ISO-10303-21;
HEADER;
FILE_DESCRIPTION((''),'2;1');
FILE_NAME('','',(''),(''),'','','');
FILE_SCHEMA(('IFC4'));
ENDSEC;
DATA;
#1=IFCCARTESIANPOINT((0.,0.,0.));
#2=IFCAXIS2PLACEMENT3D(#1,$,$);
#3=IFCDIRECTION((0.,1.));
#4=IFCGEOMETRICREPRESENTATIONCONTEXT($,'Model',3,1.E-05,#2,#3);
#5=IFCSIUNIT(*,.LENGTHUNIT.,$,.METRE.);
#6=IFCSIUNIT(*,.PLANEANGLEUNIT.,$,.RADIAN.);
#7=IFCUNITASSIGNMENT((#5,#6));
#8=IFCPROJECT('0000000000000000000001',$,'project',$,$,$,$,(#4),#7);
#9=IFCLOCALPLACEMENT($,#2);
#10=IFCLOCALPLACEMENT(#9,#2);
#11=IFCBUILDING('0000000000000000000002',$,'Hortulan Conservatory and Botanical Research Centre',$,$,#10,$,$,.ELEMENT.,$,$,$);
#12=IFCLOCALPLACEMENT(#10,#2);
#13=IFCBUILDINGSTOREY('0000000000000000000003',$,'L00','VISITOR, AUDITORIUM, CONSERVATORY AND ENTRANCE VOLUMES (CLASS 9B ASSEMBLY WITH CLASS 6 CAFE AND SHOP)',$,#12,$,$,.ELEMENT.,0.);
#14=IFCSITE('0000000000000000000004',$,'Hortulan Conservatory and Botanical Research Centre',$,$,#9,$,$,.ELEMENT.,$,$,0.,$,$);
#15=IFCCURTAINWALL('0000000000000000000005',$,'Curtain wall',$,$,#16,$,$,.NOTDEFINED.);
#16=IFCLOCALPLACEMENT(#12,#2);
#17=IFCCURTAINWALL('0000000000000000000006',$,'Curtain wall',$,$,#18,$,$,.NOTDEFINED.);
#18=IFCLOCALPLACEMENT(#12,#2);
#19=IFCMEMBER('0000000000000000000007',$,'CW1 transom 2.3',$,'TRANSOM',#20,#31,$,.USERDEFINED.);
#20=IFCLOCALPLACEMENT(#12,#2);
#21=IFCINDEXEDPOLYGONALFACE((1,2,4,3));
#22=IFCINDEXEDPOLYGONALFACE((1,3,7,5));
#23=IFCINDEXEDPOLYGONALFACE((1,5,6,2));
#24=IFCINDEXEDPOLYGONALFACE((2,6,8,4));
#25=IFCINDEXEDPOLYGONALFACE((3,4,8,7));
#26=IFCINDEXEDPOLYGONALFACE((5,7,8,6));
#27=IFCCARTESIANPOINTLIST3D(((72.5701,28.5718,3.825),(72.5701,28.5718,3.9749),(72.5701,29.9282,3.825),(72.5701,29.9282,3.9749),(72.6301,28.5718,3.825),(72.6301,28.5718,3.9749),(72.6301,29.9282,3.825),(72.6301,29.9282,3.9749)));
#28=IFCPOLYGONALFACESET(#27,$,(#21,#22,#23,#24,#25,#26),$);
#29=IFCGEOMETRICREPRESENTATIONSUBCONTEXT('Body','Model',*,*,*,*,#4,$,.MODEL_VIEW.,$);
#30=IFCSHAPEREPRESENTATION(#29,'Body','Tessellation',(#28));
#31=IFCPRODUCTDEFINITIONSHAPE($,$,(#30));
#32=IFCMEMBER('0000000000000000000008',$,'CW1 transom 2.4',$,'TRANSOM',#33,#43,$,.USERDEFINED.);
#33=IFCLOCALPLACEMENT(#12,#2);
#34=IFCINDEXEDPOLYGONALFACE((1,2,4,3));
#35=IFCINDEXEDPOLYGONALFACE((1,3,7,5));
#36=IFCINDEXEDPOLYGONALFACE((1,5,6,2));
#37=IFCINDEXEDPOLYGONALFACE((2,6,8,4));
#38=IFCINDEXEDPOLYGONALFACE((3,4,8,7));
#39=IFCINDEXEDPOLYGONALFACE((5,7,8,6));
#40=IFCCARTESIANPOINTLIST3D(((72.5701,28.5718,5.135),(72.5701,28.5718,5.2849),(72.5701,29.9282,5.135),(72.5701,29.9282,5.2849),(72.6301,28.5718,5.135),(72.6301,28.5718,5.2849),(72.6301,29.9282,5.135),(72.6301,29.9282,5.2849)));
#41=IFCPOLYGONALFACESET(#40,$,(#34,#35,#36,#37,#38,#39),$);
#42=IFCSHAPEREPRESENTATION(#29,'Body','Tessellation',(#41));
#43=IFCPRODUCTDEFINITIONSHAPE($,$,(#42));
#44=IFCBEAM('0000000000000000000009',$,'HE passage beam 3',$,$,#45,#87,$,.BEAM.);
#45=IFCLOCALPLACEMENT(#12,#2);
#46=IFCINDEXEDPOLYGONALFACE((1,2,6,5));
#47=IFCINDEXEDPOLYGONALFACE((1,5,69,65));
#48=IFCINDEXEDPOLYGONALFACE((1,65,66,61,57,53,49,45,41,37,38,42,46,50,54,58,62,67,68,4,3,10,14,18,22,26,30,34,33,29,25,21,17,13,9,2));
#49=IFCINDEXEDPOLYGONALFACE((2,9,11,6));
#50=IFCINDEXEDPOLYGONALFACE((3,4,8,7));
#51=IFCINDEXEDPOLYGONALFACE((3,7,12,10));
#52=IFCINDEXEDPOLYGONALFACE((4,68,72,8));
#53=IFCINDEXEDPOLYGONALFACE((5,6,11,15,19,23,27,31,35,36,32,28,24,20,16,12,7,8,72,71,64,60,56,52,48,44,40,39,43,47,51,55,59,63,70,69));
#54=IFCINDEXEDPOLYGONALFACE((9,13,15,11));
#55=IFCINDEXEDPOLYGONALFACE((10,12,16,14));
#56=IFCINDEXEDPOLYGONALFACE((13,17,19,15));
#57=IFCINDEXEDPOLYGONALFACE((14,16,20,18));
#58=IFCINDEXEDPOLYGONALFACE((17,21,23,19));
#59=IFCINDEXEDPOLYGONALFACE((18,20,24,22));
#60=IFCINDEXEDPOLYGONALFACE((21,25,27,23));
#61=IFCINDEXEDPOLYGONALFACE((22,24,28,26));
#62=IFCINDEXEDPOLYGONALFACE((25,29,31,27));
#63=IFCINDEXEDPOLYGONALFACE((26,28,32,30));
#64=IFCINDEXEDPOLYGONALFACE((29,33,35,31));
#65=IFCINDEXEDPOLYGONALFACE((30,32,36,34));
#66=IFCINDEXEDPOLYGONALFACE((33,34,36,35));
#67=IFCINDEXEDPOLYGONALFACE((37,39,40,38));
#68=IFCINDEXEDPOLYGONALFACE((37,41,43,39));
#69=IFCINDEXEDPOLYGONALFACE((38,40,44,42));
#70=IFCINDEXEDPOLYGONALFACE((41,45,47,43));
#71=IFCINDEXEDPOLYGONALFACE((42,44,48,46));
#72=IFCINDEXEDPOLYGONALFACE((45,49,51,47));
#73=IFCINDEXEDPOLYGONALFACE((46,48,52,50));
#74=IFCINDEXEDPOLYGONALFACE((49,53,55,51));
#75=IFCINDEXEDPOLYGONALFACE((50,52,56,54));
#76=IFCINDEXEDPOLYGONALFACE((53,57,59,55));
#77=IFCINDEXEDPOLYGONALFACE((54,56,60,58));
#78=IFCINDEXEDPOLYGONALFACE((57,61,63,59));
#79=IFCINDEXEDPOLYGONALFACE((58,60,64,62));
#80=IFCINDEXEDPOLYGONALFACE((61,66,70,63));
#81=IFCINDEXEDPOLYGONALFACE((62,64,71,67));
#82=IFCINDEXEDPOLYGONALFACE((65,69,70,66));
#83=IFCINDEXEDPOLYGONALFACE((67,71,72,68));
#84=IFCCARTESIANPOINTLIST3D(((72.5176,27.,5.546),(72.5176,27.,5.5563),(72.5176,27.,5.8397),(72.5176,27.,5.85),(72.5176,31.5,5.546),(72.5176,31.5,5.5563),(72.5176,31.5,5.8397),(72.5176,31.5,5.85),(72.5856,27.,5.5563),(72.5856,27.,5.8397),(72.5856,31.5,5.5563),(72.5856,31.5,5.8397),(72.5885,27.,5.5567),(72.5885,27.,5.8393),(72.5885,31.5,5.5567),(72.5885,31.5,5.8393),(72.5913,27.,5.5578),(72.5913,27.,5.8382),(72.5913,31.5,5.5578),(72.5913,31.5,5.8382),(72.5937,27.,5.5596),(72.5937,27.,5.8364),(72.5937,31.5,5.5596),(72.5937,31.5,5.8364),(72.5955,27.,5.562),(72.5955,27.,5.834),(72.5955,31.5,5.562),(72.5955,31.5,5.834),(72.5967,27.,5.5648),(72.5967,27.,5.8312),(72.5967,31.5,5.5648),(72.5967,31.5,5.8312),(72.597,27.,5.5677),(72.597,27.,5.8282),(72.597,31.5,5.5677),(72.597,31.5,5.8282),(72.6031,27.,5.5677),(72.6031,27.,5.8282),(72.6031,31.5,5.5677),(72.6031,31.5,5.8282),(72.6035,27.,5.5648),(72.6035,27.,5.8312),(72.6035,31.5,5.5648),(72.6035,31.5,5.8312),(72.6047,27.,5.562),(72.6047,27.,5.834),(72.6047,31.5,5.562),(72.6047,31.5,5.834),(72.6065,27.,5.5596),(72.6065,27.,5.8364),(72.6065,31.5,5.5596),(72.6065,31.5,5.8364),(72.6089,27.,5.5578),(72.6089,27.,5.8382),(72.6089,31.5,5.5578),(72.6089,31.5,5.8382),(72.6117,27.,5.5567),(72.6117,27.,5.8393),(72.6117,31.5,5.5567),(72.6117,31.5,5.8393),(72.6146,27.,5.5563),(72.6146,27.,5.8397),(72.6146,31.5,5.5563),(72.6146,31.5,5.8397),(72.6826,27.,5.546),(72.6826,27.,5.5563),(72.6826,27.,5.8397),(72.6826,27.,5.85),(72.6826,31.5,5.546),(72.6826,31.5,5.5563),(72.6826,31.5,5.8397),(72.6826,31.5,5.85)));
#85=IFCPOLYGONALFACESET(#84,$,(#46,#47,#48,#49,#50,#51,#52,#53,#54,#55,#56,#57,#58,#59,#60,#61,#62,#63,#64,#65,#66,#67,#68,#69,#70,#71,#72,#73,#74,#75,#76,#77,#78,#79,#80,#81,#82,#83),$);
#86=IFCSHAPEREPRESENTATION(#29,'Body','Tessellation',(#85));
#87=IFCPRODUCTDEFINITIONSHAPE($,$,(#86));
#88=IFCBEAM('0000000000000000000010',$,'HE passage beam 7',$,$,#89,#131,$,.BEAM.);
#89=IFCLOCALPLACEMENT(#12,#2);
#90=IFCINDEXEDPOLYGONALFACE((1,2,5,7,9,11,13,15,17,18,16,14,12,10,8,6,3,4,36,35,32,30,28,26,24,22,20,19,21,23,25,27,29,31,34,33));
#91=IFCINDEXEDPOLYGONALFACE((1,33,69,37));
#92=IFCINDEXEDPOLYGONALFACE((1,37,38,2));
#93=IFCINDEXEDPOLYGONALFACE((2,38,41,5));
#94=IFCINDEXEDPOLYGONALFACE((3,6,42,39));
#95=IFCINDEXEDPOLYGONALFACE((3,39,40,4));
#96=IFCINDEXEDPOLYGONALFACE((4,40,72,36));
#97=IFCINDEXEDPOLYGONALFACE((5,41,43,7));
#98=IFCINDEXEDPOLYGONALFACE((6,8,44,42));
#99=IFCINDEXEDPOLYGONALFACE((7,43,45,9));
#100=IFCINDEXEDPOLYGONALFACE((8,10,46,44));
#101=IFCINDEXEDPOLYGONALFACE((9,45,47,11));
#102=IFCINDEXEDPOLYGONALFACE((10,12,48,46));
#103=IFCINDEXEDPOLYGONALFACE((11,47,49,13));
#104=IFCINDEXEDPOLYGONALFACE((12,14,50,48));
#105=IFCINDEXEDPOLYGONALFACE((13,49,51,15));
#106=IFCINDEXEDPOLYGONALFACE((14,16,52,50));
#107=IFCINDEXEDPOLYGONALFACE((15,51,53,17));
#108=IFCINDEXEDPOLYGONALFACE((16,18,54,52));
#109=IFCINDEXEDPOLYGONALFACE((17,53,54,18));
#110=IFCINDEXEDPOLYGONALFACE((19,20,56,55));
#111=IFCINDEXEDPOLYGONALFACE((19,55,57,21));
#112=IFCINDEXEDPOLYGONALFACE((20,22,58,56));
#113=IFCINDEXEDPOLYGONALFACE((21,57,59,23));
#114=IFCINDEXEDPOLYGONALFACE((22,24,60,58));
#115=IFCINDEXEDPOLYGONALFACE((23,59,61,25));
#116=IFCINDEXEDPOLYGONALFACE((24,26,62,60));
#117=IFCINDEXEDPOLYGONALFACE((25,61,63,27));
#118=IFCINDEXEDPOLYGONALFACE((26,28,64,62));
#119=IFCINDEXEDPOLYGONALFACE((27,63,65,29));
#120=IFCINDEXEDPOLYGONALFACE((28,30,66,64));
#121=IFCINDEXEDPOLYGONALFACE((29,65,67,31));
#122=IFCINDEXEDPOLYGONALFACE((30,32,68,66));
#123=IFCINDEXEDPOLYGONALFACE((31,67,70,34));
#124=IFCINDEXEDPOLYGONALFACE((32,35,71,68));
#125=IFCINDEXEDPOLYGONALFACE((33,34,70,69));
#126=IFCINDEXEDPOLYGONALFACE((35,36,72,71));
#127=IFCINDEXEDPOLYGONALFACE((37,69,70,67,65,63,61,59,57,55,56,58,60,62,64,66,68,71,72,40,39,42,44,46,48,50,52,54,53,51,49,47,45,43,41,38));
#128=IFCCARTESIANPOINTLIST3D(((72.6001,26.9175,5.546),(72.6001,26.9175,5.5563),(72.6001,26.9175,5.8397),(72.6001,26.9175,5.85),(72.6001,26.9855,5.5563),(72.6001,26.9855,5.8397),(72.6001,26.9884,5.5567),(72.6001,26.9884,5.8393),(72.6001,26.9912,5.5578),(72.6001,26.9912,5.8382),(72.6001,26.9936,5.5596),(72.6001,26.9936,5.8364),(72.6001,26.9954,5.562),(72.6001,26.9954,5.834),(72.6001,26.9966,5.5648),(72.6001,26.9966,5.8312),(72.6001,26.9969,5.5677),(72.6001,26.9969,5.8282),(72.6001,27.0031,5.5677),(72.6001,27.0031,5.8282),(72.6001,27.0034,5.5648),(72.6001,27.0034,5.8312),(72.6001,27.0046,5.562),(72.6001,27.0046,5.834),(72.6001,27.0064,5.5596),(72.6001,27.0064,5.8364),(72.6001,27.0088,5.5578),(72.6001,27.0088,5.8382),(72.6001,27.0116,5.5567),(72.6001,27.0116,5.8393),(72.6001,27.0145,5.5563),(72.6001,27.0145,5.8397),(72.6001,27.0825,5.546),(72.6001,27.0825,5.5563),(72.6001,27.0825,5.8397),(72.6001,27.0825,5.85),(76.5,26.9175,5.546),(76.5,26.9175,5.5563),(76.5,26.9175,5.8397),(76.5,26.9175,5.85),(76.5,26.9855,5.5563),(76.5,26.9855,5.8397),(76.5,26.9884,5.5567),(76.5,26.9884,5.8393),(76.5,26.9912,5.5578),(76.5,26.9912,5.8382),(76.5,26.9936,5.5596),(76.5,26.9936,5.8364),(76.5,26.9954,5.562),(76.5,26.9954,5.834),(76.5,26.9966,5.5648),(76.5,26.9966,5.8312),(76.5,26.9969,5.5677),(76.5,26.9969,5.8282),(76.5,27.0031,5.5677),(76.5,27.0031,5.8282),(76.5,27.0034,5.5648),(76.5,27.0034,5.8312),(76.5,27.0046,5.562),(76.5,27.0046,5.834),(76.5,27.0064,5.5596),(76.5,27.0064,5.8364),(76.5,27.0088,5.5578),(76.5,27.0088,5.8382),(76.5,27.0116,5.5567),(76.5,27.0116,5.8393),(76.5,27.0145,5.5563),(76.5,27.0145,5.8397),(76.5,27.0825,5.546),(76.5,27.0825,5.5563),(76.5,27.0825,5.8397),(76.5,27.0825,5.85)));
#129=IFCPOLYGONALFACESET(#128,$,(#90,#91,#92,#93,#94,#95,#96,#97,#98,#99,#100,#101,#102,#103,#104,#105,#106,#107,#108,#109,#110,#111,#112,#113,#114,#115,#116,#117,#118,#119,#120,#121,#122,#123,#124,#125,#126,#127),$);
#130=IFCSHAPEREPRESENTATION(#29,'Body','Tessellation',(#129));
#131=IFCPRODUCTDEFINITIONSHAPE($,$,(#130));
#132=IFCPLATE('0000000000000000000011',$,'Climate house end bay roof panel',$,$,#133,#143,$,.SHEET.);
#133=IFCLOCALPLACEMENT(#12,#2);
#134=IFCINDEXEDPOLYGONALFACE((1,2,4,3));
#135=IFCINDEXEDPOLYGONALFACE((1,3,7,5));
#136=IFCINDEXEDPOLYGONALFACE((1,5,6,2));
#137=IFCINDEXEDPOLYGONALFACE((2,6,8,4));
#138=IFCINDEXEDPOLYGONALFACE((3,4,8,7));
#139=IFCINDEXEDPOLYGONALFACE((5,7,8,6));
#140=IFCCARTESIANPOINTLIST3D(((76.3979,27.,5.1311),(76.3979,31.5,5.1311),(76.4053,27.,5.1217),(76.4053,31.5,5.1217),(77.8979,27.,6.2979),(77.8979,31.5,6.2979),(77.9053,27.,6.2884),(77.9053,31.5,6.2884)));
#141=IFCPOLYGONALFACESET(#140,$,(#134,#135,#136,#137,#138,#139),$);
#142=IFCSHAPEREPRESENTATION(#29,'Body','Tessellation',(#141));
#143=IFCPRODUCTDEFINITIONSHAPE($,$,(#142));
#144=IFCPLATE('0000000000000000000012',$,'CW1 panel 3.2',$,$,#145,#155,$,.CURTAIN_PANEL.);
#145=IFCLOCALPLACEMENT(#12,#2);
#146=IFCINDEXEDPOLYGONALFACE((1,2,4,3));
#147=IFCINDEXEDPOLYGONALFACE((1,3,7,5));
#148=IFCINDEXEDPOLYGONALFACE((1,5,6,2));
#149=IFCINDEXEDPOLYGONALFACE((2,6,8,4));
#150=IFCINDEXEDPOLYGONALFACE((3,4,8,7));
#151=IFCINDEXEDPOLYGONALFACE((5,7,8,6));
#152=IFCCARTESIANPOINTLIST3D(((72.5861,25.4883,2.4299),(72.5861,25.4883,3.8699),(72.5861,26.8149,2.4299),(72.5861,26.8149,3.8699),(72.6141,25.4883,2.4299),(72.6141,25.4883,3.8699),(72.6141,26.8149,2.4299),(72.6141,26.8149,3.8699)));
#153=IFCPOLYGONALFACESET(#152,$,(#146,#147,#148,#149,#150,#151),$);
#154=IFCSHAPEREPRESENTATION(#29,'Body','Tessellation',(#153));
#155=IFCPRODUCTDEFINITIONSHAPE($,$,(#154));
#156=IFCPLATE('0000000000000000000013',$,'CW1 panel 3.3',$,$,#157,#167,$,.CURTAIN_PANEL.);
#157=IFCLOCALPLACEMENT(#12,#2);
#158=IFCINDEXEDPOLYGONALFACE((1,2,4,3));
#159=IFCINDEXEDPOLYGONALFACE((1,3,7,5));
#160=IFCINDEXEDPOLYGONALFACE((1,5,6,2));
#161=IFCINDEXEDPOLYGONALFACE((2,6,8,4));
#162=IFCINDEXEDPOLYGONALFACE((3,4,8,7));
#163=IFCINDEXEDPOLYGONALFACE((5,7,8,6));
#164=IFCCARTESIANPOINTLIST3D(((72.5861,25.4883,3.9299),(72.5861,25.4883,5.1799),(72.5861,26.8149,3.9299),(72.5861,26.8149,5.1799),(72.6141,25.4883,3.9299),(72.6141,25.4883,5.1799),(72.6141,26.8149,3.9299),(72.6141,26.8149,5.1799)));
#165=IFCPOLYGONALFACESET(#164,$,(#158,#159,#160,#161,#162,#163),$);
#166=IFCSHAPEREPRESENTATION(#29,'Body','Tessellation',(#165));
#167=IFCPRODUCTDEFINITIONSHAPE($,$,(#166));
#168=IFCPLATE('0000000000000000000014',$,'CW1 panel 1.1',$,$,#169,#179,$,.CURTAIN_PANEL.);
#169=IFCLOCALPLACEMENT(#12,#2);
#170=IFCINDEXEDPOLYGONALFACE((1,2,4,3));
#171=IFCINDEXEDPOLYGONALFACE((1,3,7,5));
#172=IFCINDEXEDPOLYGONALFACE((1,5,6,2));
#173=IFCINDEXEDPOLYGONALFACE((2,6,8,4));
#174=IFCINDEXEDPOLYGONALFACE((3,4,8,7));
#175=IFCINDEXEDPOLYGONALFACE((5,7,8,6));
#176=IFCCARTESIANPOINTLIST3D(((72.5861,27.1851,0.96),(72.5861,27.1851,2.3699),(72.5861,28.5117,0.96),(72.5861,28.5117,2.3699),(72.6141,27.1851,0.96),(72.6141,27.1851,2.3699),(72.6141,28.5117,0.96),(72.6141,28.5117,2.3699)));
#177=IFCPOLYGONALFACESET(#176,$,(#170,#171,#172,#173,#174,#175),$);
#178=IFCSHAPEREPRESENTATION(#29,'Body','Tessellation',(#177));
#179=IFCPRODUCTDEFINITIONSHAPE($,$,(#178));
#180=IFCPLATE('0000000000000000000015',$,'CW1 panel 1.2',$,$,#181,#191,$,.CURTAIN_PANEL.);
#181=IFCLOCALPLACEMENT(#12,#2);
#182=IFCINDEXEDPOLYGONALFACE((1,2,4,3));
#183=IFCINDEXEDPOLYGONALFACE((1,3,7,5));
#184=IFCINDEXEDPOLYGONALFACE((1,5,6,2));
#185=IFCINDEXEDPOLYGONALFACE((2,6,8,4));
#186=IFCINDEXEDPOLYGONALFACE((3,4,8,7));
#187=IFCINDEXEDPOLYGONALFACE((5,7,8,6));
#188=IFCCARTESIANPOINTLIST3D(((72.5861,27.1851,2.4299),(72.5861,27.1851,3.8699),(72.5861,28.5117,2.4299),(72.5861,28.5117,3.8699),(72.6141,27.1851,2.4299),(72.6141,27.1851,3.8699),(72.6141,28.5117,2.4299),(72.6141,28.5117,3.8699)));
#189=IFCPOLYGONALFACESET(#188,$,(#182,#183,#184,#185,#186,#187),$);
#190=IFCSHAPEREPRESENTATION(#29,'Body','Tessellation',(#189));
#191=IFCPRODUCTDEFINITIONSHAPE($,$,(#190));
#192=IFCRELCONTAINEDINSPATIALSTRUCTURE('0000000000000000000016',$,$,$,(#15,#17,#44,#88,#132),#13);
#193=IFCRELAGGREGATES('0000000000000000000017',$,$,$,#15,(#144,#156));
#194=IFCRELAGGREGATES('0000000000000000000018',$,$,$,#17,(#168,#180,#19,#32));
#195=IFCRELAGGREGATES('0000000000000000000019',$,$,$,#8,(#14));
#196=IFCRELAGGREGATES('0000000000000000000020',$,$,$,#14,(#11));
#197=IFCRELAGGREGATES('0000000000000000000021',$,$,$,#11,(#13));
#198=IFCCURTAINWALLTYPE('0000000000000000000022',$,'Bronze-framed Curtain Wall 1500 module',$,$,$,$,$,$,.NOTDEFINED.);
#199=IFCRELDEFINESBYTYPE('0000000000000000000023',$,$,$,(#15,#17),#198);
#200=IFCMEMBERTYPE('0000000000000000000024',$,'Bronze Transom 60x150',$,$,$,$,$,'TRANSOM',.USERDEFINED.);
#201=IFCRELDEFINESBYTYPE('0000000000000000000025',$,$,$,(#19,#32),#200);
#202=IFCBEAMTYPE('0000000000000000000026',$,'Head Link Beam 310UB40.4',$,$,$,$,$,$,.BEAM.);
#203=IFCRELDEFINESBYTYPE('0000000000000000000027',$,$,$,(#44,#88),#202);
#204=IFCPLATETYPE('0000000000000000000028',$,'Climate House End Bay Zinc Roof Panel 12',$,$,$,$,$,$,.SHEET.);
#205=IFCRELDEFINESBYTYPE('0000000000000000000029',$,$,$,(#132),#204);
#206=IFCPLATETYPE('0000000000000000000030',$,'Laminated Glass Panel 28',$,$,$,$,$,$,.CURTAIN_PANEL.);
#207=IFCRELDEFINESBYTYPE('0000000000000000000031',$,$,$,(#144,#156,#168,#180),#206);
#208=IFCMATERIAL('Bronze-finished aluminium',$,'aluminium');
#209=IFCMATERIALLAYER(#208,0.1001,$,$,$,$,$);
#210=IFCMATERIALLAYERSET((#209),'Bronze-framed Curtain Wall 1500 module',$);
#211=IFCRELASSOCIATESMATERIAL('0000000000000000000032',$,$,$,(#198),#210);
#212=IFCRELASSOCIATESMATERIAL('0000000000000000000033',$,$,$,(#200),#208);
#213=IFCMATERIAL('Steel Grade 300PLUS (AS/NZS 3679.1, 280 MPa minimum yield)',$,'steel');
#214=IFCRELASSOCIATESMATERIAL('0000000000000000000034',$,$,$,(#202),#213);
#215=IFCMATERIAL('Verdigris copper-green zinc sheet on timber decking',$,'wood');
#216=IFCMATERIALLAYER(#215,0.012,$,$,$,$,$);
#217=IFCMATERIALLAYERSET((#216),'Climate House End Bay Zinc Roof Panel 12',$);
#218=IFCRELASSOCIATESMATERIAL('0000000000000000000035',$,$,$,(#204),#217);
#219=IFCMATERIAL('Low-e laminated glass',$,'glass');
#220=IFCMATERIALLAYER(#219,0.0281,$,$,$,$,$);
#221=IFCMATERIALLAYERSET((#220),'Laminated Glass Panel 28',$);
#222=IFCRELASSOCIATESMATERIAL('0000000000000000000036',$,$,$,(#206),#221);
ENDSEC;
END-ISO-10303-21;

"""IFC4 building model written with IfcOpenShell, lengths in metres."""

from ifc_helpers import new_model, si_unit, direction, frame, origin, origin_2d, place, context, subcontext, project, spatial, polyline, rectangle, i_section, outline, extrude, material, layer, layer_set, material_profile, profile_set, type_object, element, aggregate, save


model = new_model("IFC4")

# Units and contexts
model_context = context("Model", 3, precision=1e-05, world=origin(), true_north=direction((0.0, 1.0)))
body_context = subcontext(model_context, "Body", "Model", "MODEL_VIEW")
ifc_project = project(units=[si_unit("LENGTHUNIT", "METRE"), si_unit("PLANEANGLEUNIT", "RADIAN")], contexts=[model_context])

# Site, building, storey
site_placement = place(None, origin())
site = spatial("IfcSite", under=ifc_project, at=site_placement, Name="Hortulan Conservatory and Botanical Research Centre", CompositionType="ELEMENT", RefElevation=0.0)
building_placement = place(site_placement, origin())
building = spatial("IfcBuilding", under=site, at=building_placement, Name="Hortulan Conservatory and Botanical Research Centre", CompositionType="ELEMENT")
storey_placement = place(building_placement, origin())
storey = spatial("IfcBuildingStorey", under=building, at=storey_placement, Name="L00", Description="VISITOR, AUDITORIUM, CONSERVATORY AND ENTRANCE VOLUMES (CLASS 9B ASSEMBLY WITH CLASS 6 CAFE AND SHOP)", CompositionType="ELEMENT", Elevation=0.0)

# Curtain wall
ifc_material_1 = material(Name="Bronze-finished aluminium", Category="aluminium")
ifc_layer_1 = layer(ifc_material_1, 0.1001)
ifc_layer_set_1 = layer_set([ifc_layer_1], Name="Bronze-framed Curtain Wall 1500 module")
curtain_wall_type = type_object("IfcCurtainWallType", Name="Bronze-framed Curtain Wall 1500 module", PredefinedType="NOTDEFINED", material=ifc_layer_set_1)
curtain_wall_1_placement = place(storey_placement, origin())
curtain_wall_1 = element("IfcCurtainWall", 1, at=curtain_wall_1_placement, inside=storey, type_object=curtain_wall_type, Name="Curtain wall", PredefinedType="NOTDEFINED")

# Curtain wall, members
curtain_wall_2_placement = place(storey_placement, origin())
curtain_wall_2 = element("IfcCurtainWall", 2, at=curtain_wall_2_placement, inside=storey, type_object=curtain_wall_type, Name="Curtain wall", PredefinedType="NOTDEFINED")
ifc_material_profile_1 = material_profile(ifc_material_1, rectangle(XDim=0.0601, YDim=0.1499, at=origin_2d()), Name="Bronze Transom 60x150")
ifc_profile_set_1 = profile_set([ifc_material_profile_1], Name="Bronze-finished aluminium")
member_type_1 = type_object("IfcMemberType", Name="Bronze Transom 60x150", ElementType="TRANSOM", PredefinedType="USERDEFINED", material=ifc_profile_set_1)
member_1_placement = place(storey_placement, frame((72.6001, 28.5718, 3.8999), z_axis=(0.0, 1.0, 0.0), x_axis=(-1.0, 0.0, 0.0)))
member_1 = element("IfcMember", 3, at=member_1_placement, type_object=member_type_1, Name="CW1 transom 2.3", ObjectType="TRANSOM", PredefinedType="USERDEFINED", context=body_context, shape_type="SweptSolid", body=[
    extrude(rectangle(XDim=0.0601, YDim=0.1499, at=origin_2d()), origin(), (0.0, 0.0, 1.0), 1.3564),
])
member_2_placement = place(storey_placement, frame((72.6001, 28.5718, 5.21), z_axis=(0.0, 1.0, 0.0), x_axis=(-1.0, 0.0, 0.0)))
member_2 = element("IfcMember", 4, at=member_2_placement, type_object=member_type_1, Name="CW1 transom 2.4", ObjectType="TRANSOM", PredefinedType="USERDEFINED", context=body_context, shape_type="SweptSolid", body=[
    extrude(rectangle(XDim=0.0601, YDim=0.1499, at=origin_2d()), origin(), (0.0, 0.0, 1.0), 1.3564),
])

# Beams
ifc_material_2 = material(Name="Steel Grade 300PLUS (AS/NZS 3679.1, 280 MPa minimum yield)", Category="steel")
ifc_material_profile_2 = material_profile(ifc_material_2, i_section(OverallWidth=0.165, OverallDepth=0.304, WebThickness=0.0061, FlangeThickness=0.0103, FilletRadius=0.0115, at=origin_2d()), Name="310UB40.4")
ifc_profile_set_2 = profile_set([ifc_material_profile_2], Name="Steel Grade 300PLUS (AS/NZS 3679.1, 280 MPa minimum yield)")
beam_type = type_object("IfcBeamType", Name="Head Link Beam 310UB40.4", PredefinedType="BEAM", material=ifc_profile_set_2)
beam_1_placement = place(storey_placement, frame((72.6001, 27.0, 5.698), z_axis=(0.0, 1.0, 0.0), x_axis=(-1.0, 0.0, 0.0)))
element("IfcBeam", 5, at=beam_1_placement, inside=storey, type_object=beam_type, Name="HE passage beam 3", PredefinedType="BEAM", context=body_context, shape_type="SweptSolid", body=[
    extrude(i_section(OverallWidth=0.165, OverallDepth=0.304, WebThickness=0.0061, FlangeThickness=0.0103, FilletRadius=0.0115, at=origin_2d()), origin(), (0.0, 0.0, 1.0), 4.5),
])
beam_2_placement = place(storey_placement, frame((72.6001, 27.0, 5.698), z_axis=(1.0, 0.0, 0.0), x_axis=(0.0, 1.0, 0.0)))
element("IfcBeam", 6, at=beam_2_placement, inside=storey, type_object=beam_type, Name="HE passage beam 7", PredefinedType="BEAM", context=body_context, shape_type="SweptSolid", body=[
    extrude(i_section(OverallWidth=0.165, OverallDepth=0.304, WebThickness=0.0061, FlangeThickness=0.0103, FilletRadius=0.0115, at=origin_2d()), origin(), (0.0, 0.0, 1.0), 3.8999),
])

# Plates
ifc_material_3 = material(Name="Verdigris copper-green zinc sheet on timber decking", Category="wood")
ifc_layer_2 = layer(ifc_material_3, 0.012)
ifc_layer_set_2 = layer_set([ifc_layer_2], Name="Climate House End Bay Zinc Roof Panel 12")
plate_type_1 = type_object("IfcPlateType", Name="Climate House End Bay Zinc Roof Panel 12", PredefinedType="SHEET", material=ifc_layer_set_2)
plate_1_placement = place(storey_placement, frame((76.3979, 27.0, 5.1311), z_axis=(-0.613967, 0.0, 0.789331), x_axis=(0.789331, 0.0, 0.613967)))
element("IfcPlate", 7, at=plate_1_placement, inside=storey, type_object=plate_type_1, Name="Climate house end bay roof panel", PredefinedType="SHEET", context=body_context, shape_type="SweptSolid", body=[
    extrude(outline(polyline([(0.0, 0.0), (1.9003, 0.0), (1.9003, 4.5), (0.0, 4.5), (0.0, 0.0)])), origin(), (0.0, 0.0, -1.0), 0.012),
])
ifc_material_4 = material(Name="Low-e laminated glass", Category="glass")
ifc_layer_3 = layer(ifc_material_4, 0.0281)
ifc_layer_set_3 = layer_set([ifc_layer_3], Name="Laminated Glass Panel 28")
plate_type_2 = type_object("IfcPlateType", Name="Laminated Glass Panel 28", PredefinedType="CURTAIN_PANEL", material=ifc_layer_set_3)
plate_2_placement = place(storey_placement, frame((72.6001, 26.1516, 2.4299), z_axis=(0.0, 0.0, 1.0), x_axis=(0.0, 1.0, 0.0)))
plate_2 = element("IfcPlate", 8, at=plate_2_placement, type_object=plate_type_2, Name="CW1 panel 3.2", PredefinedType="CURTAIN_PANEL", context=body_context, shape_type="SweptSolid", body=[
    extrude(rectangle(XDim=1.3267, YDim=0.0281, at=origin_2d()), origin(), (0.0, 0.0, 1.0), 1.4399),
])
plate_3_placement = place(storey_placement, frame((72.6001, 26.1516, 3.9299), z_axis=(0.0, 0.0, 1.0), x_axis=(0.0, 1.0, 0.0)))
plate_3 = element("IfcPlate", 9, at=plate_3_placement, type_object=plate_type_2, Name="CW1 panel 3.3", PredefinedType="CURTAIN_PANEL", context=body_context, shape_type="SweptSolid", body=[
    extrude(rectangle(XDim=1.3267, YDim=0.0281, at=origin_2d()), origin(), (0.0, 0.0, 1.0), 1.25),
])
aggregate(curtain_wall_1, [plate_2, plate_3])
plate_4_placement = place(storey_placement, frame((72.6001, 27.8484, 0.96), z_axis=(0.0, 0.0, 1.0), x_axis=(0.0, 1.0, 0.0)))
plate_4 = element("IfcPlate", 10, at=plate_4_placement, type_object=plate_type_2, Name="CW1 panel 1.1", PredefinedType="CURTAIN_PANEL", context=body_context, shape_type="SweptSolid", body=[
    extrude(rectangle(XDim=1.3267, YDim=0.0281, at=origin_2d()), origin(), (0.0, 0.0, 1.0), 1.4099),
])
plate_5_placement = place(storey_placement, frame((72.6001, 27.8484, 2.4299), z_axis=(0.0, 0.0, 1.0), x_axis=(0.0, 1.0, 0.0)))
plate_5 = element("IfcPlate", 11, at=plate_5_placement, type_object=plate_type_2, Name="CW1 panel 1.2", PredefinedType="CURTAIN_PANEL", context=body_context, shape_type="SweptSolid", body=[
    extrude(rectangle(XDim=1.3267, YDim=0.0281, at=origin_2d()), origin(), (0.0, 0.0, 1.0), 1.4399),
])
aggregate(curtain_wall_2, [plate_4, plate_5, member_1, member_2])

save(model, "model.ifc")
